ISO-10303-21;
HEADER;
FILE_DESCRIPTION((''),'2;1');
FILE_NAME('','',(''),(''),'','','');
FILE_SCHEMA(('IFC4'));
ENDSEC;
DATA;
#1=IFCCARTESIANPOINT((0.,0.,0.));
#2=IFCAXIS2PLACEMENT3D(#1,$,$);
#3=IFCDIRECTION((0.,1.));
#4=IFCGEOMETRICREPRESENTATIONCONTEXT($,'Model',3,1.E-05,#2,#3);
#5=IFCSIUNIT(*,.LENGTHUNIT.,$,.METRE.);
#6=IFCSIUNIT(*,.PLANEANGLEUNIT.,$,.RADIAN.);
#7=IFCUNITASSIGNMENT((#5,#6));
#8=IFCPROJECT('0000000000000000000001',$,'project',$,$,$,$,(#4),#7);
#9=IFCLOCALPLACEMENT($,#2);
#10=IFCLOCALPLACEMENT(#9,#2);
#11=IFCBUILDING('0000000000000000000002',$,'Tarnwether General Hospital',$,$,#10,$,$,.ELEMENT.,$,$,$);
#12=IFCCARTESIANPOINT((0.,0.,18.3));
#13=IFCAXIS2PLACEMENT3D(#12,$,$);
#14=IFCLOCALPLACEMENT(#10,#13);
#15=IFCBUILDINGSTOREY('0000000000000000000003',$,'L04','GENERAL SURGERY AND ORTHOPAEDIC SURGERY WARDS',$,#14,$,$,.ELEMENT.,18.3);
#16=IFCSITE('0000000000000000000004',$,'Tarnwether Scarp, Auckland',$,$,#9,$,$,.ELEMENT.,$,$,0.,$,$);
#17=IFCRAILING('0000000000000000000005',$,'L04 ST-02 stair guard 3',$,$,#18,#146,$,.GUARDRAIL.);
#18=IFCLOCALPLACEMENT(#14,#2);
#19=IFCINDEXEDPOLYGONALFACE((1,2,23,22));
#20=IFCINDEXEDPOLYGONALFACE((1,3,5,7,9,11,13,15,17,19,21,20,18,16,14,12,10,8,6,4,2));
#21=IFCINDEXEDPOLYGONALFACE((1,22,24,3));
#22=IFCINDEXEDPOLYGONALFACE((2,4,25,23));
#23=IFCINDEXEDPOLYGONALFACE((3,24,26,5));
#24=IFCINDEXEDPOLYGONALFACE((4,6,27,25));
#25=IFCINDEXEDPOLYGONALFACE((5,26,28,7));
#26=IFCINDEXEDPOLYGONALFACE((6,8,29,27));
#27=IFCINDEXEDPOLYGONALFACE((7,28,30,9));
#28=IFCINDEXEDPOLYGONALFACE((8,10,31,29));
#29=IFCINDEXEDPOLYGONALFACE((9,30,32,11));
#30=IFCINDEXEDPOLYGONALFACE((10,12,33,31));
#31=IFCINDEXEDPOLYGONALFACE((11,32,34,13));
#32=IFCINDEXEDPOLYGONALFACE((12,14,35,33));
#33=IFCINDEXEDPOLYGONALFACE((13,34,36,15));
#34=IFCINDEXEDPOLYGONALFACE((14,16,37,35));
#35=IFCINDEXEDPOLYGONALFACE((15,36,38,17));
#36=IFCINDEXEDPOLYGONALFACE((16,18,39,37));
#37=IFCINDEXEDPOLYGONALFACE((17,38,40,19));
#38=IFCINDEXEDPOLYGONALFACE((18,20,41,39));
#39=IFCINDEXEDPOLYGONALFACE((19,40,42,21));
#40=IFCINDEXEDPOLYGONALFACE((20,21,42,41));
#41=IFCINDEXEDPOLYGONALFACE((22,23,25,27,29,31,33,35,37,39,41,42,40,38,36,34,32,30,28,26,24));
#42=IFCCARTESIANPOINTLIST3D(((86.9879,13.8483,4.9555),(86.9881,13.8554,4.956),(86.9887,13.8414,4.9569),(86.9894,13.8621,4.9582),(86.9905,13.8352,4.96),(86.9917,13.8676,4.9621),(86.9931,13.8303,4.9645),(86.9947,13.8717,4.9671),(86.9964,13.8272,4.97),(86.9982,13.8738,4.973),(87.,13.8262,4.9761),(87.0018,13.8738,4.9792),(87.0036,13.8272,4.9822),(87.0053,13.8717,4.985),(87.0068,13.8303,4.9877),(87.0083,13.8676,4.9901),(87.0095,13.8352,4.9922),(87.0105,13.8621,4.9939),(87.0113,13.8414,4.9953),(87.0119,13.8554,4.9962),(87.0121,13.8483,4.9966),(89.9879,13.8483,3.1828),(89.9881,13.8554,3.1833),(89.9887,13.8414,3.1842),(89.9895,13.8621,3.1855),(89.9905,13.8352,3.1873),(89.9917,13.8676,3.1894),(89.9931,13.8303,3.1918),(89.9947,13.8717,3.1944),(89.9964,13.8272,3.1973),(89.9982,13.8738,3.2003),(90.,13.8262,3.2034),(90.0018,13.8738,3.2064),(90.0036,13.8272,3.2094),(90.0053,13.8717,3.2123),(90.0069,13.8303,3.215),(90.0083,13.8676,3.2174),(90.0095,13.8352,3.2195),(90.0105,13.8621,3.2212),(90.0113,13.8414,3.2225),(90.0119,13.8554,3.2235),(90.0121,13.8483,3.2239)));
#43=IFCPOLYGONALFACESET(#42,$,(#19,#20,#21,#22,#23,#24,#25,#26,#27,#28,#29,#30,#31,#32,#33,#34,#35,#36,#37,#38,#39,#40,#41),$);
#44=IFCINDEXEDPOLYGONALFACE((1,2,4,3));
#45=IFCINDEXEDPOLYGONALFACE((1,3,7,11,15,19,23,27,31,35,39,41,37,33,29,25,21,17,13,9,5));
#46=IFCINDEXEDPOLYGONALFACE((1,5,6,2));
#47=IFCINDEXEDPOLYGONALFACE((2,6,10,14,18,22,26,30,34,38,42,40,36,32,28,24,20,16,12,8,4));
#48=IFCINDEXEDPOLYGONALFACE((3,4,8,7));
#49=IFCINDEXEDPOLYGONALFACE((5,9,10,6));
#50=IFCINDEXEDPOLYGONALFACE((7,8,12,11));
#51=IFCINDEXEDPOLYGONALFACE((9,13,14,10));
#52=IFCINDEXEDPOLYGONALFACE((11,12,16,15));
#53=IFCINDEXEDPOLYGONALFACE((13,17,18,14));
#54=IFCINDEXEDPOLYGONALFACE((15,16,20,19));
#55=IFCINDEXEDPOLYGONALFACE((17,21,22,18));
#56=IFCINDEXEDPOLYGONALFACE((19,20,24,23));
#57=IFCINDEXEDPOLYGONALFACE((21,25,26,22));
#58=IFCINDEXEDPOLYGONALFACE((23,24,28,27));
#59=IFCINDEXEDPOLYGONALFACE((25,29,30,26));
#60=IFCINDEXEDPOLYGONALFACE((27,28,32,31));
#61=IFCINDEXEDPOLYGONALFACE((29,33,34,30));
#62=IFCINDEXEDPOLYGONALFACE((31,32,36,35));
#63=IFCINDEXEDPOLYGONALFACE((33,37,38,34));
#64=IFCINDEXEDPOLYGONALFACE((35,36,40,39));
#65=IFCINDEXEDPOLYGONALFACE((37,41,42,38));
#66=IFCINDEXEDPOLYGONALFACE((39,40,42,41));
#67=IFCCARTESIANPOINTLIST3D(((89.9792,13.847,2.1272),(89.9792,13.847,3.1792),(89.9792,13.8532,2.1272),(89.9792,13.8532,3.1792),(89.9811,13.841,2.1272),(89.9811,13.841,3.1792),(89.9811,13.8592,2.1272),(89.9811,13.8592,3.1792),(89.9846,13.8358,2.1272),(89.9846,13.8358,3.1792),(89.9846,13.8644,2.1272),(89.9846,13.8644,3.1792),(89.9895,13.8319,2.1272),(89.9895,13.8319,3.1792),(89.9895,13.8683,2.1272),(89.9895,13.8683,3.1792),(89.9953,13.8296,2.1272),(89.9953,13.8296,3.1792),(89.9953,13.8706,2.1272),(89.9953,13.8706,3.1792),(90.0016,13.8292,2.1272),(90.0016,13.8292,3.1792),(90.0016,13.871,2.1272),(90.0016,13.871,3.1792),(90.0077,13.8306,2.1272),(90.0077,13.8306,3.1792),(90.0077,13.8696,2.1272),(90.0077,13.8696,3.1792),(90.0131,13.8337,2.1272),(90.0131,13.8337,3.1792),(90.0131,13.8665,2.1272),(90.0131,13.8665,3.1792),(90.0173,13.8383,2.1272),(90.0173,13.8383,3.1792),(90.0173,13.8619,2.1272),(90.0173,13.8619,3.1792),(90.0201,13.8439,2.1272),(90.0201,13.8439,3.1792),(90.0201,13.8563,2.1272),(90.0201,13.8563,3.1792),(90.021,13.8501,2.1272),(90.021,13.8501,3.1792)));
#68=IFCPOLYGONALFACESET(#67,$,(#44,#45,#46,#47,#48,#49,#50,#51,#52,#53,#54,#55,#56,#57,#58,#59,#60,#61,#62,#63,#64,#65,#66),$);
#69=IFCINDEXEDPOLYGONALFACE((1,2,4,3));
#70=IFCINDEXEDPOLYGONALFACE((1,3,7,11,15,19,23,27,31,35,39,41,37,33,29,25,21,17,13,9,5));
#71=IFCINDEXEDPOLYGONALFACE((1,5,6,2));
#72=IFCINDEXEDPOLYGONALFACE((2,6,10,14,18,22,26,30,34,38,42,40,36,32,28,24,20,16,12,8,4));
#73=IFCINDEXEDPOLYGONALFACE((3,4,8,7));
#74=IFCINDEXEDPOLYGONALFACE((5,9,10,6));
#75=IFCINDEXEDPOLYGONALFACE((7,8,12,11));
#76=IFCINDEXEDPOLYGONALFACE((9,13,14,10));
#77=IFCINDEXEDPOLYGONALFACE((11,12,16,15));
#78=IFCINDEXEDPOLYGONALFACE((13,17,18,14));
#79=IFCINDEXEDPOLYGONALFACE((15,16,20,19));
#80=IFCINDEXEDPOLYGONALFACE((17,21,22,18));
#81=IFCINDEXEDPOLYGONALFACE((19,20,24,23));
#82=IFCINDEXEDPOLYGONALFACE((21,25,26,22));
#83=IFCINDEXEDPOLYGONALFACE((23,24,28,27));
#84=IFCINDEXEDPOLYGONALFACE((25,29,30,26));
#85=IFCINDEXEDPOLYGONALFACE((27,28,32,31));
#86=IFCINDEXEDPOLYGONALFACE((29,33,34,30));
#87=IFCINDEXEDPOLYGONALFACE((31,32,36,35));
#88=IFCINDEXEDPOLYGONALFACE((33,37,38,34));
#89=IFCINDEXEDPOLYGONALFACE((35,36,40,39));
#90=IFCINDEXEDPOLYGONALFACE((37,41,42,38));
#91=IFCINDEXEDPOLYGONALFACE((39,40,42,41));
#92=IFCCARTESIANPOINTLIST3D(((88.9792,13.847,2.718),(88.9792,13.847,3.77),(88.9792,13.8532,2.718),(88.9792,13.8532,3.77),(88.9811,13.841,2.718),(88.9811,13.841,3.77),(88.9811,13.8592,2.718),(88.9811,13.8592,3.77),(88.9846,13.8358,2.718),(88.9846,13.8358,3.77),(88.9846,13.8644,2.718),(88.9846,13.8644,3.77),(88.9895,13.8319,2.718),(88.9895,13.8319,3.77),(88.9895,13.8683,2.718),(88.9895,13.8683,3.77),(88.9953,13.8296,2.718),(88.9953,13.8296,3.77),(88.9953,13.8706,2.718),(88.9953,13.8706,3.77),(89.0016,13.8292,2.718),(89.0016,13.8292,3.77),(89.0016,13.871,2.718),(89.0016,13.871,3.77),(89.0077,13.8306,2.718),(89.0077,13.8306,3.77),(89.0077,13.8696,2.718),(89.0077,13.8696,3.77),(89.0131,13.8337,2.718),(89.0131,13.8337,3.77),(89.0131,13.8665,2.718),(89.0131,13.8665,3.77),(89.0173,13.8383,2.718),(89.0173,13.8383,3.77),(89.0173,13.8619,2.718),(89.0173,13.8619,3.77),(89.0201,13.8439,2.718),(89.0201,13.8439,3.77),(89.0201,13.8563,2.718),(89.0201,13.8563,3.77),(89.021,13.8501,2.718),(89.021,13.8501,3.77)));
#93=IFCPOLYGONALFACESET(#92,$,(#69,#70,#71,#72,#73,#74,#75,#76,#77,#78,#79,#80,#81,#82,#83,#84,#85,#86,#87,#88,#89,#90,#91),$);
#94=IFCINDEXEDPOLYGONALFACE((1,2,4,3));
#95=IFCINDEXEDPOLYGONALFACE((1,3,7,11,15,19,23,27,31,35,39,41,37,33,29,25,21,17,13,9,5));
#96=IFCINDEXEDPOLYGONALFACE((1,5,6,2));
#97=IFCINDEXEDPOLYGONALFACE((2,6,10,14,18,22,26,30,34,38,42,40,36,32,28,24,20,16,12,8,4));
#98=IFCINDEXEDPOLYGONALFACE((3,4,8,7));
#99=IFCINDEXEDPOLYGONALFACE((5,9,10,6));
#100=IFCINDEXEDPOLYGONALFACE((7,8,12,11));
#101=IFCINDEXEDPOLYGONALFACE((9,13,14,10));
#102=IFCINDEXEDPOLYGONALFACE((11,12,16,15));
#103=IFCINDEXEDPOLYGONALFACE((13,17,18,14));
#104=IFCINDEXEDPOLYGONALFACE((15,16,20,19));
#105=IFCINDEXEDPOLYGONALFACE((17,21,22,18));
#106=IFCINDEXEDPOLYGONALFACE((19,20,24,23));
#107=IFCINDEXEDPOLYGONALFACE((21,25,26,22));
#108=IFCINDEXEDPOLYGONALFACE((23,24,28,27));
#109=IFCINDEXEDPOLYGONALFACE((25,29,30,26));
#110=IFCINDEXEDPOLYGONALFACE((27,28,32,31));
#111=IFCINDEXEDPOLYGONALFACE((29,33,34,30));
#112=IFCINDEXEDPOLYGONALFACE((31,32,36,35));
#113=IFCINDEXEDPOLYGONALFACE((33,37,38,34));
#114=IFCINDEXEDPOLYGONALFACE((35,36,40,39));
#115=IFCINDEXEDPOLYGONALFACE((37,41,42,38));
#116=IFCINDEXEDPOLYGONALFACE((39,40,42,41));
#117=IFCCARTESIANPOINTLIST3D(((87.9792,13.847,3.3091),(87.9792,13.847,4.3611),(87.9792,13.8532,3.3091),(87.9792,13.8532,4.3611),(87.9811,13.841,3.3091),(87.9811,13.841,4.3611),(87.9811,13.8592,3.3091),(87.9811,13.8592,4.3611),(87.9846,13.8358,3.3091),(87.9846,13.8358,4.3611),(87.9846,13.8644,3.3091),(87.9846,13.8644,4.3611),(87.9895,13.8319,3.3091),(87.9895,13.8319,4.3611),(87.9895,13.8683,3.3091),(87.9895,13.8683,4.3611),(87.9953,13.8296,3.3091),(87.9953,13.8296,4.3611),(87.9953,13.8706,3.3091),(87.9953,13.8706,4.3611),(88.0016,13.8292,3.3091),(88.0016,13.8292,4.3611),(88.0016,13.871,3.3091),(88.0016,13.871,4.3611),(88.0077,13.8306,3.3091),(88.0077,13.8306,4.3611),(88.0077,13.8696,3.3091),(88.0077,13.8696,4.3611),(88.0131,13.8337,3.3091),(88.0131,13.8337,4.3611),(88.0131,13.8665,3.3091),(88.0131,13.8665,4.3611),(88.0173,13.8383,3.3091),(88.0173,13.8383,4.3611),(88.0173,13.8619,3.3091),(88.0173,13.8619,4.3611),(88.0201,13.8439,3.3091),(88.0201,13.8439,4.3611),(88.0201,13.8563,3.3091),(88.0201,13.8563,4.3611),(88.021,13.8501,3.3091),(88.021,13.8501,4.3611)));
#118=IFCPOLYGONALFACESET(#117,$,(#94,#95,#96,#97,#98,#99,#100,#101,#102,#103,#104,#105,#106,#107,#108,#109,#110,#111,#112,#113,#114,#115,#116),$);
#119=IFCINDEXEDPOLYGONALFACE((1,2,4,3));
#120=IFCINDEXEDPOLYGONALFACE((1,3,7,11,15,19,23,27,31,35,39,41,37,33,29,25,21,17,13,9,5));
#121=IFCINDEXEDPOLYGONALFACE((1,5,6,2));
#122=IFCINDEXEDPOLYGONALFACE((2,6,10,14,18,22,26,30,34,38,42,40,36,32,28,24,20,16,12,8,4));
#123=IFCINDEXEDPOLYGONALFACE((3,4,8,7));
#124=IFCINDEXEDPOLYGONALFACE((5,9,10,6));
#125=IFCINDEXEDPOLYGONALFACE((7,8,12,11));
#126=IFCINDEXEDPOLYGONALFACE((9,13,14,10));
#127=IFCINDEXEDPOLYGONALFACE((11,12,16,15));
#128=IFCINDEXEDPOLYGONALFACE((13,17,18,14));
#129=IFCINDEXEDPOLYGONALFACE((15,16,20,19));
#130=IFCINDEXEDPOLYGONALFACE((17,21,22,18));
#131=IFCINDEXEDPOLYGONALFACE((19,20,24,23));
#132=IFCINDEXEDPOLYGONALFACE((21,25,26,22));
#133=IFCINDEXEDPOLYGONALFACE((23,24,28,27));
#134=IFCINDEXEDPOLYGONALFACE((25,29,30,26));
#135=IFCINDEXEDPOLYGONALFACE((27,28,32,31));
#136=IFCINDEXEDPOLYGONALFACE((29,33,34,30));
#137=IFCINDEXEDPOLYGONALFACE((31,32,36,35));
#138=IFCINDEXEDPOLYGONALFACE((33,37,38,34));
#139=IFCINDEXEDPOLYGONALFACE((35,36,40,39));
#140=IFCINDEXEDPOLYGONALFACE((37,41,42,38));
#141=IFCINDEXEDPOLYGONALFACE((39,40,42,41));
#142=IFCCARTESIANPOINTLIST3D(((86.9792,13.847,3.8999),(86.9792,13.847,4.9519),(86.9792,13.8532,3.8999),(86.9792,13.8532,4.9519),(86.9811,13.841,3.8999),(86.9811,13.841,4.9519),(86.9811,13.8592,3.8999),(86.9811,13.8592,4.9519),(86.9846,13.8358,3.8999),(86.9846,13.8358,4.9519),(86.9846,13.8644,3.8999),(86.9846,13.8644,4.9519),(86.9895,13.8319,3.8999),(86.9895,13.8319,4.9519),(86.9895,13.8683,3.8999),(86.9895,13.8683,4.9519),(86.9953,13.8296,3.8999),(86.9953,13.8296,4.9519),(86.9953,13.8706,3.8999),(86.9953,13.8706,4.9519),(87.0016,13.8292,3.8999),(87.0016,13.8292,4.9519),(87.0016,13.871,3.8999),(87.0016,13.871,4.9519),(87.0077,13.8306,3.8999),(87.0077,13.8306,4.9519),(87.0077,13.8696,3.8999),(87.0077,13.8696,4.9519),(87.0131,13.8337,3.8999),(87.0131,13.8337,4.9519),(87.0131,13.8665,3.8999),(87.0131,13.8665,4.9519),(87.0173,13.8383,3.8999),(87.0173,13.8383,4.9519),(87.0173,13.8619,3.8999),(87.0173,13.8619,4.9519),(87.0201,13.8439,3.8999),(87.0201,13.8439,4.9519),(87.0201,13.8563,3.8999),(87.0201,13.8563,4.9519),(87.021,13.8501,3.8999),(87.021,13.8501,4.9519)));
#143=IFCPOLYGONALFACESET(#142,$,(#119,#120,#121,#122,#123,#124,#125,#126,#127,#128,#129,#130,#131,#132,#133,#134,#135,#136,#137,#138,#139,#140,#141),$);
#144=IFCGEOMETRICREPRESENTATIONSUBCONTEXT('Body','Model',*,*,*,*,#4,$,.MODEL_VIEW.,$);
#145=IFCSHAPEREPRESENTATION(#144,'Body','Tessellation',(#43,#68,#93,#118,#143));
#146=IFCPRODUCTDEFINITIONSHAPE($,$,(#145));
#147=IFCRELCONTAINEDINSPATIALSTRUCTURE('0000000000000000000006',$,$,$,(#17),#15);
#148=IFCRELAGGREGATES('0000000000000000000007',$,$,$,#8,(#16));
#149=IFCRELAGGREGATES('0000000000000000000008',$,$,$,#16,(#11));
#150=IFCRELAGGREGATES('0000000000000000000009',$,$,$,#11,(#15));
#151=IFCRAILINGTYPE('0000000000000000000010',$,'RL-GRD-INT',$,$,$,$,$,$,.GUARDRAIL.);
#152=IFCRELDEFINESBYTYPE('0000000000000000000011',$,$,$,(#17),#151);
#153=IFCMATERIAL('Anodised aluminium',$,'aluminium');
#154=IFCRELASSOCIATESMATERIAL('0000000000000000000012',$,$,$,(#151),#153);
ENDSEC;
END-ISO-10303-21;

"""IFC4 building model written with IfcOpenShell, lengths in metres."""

from ifc_helpers import new_model, si_unit, direction, frame, origin, origin_2d, place, context, subcontext, project, spatial, circle, extrude, material, type_object, element, save


model = new_model("IFC4")

# Units and contexts
model_context = context("Model", 3, precision=1e-05, world=origin(), true_north=direction((0.0, 1.0)))
body_context = subcontext(model_context, "Body", "Model", "MODEL_VIEW")
ifc_project = project(units=[si_unit("LENGTHUNIT", "METRE"), si_unit("PLANEANGLEUNIT", "RADIAN")], contexts=[model_context])

# Site, building, storey
site_placement = place(None, origin())
site = spatial("IfcSite", under=ifc_project, at=site_placement, Name="Tarnwether Scarp, Auckland", CompositionType="ELEMENT", RefElevation=0.0)
building_placement = place(site_placement, origin())
building = spatial("IfcBuilding", under=site, at=building_placement, Name="Tarnwether General Hospital", CompositionType="ELEMENT")
storey_placement = place(building_placement, frame((0.0, 0.0, 18.3)))
storey = spatial("IfcBuildingStorey", under=building, at=storey_placement, Name="L04", Description="GENERAL SURGERY AND ORTHOPAEDIC SURGERY WARDS", CompositionType="ELEMENT", Elevation=18.3)

# Railing
ifc_material_1 = material(Name="Anodised aluminium", Category="aluminium")
railing_type_1 = type_object("IfcRailingType", Name="RL-GRD-INT", PredefinedType="GUARDRAIL", material=ifc_material_1)
railing_1_placement = place(storey_placement, frame((90.0, 13.8501, 2.1272)))
element("IfcRailing", 1, at=railing_1_placement, inside=storey, type_object=railing_type_1, Name="L04 ST-02 stair guard 3", PredefinedType="GUARDRAIL", context=body_context, shape_type="SweptSolid", body=[
    extrude(circle(Radius=0.0239, at=origin_2d()), frame((0.0, 0.0, 1.0762), z_axis=(-0.860929, 0.0, 0.508725), x_axis=(0.0, -1.0, 0.0)), (0.0, 0.0, 1.0), 3.4846),
    extrude(circle(Radius=0.021, at=origin_2d()), origin(), (0.0, 0.0, 1.0), 1.052),
    extrude(circle(Radius=0.021, at=origin_2d()), frame((-1.0, 0.0, 0.5908)), (0.0, 0.0, 1.0), 1.052),
    extrude(circle(Radius=0.021, at=origin_2d()), frame((-2.0, 0.0, 1.1819)), (0.0, 0.0, 1.0), 1.052),
    extrude(circle(Radius=0.021, at=origin_2d()), frame((-3.0, 0.0, 1.7727)), (0.0, 0.0, 1.0), 1.052),
])

save(model, "model.ifc")
